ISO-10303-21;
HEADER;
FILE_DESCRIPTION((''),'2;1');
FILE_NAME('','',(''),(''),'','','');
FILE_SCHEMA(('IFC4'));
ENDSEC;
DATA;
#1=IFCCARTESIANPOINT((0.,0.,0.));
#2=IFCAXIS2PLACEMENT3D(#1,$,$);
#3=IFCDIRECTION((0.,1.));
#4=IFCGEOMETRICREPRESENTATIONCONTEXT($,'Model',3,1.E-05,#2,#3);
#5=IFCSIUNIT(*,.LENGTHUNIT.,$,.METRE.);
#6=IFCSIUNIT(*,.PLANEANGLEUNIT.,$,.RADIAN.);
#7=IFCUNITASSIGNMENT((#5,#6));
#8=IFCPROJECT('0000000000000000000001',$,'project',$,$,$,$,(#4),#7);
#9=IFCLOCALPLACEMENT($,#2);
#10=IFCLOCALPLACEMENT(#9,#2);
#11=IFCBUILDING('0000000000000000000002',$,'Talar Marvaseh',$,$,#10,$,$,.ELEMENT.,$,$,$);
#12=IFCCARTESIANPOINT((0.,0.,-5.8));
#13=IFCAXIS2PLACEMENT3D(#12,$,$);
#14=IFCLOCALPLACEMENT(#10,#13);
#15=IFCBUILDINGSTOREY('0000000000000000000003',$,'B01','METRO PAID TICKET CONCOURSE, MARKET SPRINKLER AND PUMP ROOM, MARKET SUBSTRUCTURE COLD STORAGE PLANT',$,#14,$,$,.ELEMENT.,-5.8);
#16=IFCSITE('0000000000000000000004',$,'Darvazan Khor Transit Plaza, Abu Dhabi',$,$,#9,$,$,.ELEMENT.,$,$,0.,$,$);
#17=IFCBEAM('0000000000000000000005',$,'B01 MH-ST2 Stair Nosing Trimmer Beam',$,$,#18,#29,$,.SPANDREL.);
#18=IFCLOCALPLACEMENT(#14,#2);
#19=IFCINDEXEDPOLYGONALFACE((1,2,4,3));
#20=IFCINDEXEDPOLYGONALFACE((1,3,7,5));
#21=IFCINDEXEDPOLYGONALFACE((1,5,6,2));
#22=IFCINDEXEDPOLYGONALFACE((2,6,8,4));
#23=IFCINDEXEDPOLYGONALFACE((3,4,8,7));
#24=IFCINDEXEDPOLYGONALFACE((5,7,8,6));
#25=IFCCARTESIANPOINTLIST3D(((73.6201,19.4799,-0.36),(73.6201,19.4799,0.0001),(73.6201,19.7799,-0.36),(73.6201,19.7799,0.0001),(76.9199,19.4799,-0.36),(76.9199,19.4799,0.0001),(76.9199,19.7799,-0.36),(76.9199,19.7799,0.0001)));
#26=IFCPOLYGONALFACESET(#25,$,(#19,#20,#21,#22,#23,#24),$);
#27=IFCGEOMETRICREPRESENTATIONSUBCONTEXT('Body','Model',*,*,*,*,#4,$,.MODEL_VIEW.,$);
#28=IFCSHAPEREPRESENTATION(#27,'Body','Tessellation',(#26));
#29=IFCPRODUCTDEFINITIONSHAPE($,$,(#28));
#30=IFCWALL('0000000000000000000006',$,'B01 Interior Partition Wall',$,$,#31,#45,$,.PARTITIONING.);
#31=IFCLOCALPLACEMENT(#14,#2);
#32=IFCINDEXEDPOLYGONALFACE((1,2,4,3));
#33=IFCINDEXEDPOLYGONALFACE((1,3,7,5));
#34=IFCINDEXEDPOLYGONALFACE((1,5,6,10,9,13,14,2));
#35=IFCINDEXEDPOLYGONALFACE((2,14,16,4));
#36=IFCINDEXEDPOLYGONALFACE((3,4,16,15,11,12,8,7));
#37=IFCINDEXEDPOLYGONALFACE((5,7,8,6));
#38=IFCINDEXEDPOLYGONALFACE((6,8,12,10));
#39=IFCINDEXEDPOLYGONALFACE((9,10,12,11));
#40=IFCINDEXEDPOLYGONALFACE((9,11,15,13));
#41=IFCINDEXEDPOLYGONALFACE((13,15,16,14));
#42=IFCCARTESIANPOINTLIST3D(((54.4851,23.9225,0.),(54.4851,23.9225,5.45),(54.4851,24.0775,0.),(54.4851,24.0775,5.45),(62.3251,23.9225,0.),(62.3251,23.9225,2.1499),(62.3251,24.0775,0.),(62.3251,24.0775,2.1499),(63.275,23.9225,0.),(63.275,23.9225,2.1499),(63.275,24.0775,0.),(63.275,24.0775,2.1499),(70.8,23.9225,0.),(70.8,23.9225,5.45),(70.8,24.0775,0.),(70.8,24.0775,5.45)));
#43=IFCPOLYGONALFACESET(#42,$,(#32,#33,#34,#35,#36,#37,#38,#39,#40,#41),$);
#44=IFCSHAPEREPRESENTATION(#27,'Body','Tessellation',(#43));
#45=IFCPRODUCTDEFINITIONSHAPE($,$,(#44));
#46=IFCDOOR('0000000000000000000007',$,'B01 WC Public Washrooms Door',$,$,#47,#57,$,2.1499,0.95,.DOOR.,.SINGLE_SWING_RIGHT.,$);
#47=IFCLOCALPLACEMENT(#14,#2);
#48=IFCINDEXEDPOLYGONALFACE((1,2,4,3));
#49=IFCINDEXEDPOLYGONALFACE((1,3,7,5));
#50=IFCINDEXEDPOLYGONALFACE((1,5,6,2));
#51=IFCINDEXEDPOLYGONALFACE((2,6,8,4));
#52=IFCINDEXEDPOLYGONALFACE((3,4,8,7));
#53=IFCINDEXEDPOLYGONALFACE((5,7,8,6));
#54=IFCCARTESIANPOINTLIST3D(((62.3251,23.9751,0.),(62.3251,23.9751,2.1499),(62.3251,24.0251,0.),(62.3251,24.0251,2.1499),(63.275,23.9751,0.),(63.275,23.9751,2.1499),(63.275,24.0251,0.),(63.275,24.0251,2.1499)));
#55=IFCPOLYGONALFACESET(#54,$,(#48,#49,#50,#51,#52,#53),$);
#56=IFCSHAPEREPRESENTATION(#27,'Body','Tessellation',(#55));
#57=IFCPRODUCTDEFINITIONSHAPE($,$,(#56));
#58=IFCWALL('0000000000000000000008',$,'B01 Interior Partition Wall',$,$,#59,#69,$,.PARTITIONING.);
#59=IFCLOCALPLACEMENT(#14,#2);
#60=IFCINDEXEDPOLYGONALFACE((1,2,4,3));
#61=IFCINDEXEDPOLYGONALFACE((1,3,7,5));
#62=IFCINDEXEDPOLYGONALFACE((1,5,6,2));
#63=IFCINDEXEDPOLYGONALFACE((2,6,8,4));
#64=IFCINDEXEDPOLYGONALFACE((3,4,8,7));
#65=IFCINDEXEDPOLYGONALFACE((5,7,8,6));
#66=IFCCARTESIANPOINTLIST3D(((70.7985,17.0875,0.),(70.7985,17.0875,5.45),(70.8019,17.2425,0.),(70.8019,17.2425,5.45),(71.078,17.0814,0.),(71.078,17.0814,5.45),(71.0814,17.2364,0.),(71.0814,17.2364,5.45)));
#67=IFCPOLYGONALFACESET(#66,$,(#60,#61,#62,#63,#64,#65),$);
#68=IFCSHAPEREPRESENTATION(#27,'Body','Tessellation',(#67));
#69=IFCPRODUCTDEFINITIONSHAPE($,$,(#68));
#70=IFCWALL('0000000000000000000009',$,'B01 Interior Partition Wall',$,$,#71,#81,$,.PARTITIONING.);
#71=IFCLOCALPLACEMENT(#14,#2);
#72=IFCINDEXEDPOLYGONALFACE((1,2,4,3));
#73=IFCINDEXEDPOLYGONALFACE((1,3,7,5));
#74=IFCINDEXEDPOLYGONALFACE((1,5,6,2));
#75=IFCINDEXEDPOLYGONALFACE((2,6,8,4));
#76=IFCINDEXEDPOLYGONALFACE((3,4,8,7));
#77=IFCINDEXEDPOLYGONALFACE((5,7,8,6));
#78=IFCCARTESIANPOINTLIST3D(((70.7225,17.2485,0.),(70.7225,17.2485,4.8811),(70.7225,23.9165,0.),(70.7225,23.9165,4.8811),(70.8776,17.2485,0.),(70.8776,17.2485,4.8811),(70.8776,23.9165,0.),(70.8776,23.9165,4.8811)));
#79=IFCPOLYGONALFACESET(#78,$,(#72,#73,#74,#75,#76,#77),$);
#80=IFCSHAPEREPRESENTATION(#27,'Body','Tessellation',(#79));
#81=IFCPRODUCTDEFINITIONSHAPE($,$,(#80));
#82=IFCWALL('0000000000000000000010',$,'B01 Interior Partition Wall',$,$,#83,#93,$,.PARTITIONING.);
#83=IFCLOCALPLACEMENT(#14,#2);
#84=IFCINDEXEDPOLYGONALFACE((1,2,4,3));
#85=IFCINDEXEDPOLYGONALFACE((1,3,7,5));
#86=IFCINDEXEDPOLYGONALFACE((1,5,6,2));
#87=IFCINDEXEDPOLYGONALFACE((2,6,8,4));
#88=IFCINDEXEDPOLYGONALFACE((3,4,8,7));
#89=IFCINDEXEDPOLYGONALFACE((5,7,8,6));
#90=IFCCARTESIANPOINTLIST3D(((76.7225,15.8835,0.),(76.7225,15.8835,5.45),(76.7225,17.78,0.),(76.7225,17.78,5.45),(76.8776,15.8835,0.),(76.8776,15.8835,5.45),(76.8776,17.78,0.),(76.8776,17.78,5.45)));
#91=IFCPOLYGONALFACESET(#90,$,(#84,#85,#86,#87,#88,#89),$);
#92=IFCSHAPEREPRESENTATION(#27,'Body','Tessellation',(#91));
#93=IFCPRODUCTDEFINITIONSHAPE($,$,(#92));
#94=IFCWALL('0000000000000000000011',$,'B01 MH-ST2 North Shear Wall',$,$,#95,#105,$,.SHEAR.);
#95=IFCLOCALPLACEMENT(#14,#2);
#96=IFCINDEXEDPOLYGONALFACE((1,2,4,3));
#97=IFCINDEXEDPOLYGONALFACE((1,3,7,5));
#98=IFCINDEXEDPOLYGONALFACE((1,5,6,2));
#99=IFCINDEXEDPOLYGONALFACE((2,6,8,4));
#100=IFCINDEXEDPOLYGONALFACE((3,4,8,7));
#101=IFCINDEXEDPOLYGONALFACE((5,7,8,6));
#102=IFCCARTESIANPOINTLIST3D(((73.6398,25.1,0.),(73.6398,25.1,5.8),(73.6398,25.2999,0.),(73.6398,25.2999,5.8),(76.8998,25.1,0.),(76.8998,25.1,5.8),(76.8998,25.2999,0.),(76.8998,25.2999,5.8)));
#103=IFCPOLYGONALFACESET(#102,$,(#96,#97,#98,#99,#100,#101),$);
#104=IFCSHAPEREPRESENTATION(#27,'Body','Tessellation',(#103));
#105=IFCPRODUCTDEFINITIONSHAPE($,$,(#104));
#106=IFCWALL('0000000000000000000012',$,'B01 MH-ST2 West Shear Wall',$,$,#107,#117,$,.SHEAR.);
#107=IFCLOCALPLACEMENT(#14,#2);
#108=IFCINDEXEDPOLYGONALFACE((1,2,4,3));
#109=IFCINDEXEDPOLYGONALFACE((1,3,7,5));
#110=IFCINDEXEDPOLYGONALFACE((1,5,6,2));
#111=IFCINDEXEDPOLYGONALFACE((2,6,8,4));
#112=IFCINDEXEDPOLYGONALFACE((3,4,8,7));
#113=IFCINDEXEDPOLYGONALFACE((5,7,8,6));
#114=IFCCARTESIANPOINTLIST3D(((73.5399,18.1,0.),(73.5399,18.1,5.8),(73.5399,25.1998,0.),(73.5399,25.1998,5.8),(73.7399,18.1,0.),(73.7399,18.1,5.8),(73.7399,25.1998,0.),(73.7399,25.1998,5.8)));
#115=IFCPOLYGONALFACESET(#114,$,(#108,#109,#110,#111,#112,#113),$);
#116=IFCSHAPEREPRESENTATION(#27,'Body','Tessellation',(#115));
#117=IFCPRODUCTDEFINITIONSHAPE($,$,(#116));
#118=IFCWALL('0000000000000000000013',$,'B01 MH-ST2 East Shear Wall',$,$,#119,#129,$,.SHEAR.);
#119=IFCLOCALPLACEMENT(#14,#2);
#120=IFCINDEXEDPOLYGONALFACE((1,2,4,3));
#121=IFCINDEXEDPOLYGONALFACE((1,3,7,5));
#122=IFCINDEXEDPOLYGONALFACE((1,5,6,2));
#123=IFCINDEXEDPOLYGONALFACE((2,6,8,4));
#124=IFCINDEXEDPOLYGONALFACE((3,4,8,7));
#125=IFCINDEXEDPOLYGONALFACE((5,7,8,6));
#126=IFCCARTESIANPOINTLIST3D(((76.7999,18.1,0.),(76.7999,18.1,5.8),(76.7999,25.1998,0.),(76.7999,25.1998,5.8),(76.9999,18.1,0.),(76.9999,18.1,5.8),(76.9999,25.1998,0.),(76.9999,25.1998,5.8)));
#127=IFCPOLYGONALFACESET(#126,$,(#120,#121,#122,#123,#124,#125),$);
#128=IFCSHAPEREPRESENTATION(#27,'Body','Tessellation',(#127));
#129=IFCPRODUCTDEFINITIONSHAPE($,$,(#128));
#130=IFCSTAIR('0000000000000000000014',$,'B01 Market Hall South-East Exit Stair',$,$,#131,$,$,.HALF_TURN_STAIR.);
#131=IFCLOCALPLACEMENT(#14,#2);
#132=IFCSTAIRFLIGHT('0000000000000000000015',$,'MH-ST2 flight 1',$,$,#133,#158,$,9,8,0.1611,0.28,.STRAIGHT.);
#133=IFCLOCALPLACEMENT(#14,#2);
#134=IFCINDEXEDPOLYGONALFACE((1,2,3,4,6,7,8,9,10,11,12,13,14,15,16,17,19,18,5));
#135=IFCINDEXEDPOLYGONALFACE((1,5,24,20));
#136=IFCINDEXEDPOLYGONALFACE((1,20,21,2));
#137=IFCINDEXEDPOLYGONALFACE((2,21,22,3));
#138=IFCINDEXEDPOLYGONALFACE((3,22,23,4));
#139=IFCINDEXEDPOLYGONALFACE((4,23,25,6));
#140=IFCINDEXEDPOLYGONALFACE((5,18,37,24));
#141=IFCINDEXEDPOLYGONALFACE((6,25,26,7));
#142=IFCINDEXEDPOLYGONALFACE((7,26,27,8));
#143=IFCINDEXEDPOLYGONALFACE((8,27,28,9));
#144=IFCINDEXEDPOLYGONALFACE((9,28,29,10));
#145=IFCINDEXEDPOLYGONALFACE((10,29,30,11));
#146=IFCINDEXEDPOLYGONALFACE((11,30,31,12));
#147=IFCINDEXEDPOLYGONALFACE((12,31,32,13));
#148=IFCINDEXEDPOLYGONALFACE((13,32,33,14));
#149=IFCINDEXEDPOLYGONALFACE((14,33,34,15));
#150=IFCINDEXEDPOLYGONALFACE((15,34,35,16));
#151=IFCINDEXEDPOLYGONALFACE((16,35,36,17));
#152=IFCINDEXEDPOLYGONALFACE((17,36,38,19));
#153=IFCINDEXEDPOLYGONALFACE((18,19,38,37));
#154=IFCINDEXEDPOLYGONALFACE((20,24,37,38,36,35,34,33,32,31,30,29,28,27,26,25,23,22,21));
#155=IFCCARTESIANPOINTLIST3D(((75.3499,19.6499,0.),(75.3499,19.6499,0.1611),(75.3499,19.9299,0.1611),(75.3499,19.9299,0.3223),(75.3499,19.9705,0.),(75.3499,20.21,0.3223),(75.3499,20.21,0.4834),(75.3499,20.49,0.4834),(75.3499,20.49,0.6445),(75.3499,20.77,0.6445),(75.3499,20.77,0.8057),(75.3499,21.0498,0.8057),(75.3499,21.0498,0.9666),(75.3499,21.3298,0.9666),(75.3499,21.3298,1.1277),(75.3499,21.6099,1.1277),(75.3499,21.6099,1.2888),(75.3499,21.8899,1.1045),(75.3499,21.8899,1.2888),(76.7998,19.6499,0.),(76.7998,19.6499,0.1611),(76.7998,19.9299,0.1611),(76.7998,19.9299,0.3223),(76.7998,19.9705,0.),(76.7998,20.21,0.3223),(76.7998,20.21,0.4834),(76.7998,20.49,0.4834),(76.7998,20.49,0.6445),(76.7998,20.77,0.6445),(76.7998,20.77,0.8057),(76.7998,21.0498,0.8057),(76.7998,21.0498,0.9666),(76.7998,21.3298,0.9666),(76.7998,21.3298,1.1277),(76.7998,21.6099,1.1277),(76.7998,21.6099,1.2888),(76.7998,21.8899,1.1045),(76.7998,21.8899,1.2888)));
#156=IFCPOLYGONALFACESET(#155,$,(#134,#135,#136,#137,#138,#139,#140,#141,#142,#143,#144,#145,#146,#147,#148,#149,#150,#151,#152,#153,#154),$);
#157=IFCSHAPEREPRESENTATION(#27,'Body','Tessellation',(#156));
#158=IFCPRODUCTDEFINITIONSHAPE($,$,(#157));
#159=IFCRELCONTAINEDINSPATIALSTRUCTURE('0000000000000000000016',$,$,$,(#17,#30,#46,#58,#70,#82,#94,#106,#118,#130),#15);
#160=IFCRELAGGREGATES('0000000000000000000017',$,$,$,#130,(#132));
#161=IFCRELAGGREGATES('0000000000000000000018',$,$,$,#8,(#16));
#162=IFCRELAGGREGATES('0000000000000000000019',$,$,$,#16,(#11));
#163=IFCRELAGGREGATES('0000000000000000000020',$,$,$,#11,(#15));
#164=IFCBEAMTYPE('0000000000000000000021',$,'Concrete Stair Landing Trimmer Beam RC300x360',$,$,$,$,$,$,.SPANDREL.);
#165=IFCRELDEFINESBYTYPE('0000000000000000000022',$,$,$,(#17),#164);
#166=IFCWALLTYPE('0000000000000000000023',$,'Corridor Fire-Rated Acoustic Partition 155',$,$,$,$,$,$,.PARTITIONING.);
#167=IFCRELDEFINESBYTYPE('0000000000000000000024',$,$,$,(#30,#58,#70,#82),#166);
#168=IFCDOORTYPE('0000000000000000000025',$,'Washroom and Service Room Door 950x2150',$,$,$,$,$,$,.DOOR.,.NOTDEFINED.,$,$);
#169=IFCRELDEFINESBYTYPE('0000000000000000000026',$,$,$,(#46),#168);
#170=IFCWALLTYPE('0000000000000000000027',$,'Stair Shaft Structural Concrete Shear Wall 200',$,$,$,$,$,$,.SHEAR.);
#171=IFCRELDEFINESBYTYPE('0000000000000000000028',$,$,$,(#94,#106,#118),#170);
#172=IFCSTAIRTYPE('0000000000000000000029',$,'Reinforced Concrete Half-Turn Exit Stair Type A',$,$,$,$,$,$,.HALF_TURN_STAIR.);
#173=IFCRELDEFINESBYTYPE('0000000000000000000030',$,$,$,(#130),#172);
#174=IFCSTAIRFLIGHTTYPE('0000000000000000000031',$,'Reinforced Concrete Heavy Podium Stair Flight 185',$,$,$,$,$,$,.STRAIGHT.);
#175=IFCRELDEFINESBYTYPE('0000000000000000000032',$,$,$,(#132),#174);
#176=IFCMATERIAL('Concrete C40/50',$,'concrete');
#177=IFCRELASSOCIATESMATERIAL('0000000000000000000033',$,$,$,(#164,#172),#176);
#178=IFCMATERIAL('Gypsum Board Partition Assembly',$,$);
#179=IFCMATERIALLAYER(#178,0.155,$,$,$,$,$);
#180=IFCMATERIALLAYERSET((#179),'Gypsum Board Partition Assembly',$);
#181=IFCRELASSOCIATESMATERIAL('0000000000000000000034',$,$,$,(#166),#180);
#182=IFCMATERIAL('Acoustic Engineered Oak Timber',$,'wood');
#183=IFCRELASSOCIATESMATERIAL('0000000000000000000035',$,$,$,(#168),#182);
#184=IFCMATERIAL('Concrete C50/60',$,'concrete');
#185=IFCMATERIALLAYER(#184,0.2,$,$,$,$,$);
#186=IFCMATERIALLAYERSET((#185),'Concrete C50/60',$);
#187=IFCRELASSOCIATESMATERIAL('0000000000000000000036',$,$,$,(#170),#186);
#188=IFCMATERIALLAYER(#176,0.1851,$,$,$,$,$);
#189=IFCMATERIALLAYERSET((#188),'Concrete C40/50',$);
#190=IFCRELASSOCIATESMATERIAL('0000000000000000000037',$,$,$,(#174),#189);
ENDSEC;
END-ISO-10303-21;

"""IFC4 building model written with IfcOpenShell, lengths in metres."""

from ifc_helpers import new_model, si_unit, direction, frame, frame_2d, origin, origin_2d, place, context, subcontext, project, spatial, polyline, rectangle, outline, extrude, source, transform, mapped, material, layer, layer_set, material_profile, profile_set, type_object, type_shapes, element, fill, aggregate, save


model = new_model("IFC4")

# Units and contexts
model_context = context("Model", 3, precision=1e-05, world=origin(), true_north=direction((0.0, 1.0)))
body_context = subcontext(model_context, "Body", "Model", "MODEL_VIEW")
ifc_project = project(units=[si_unit("LENGTHUNIT", "METRE"), si_unit("PLANEANGLEUNIT", "RADIAN")], contexts=[model_context])

# Site, building, storey
site_placement = place(None, origin())
site = spatial("IfcSite", under=ifc_project, at=site_placement, Name="Darvazan Khor Transit Plaza, Abu Dhabi", CompositionType="ELEMENT", RefElevation=0.0)
building_placement = place(site_placement, origin())
building = spatial("IfcBuilding", under=site, at=building_placement, Name="Talar Marvaseh", CompositionType="ELEMENT")
storey_placement = place(building_placement, frame((0.0, 0.0, -5.8)))
storey = spatial("IfcBuildingStorey", under=building, at=storey_placement, Name="B01", Description="METRO PAID TICKET CONCOURSE, MARKET SPRINKLER AND PUMP ROOM, MARKET SUBSTRUCTURE COLD STORAGE PLANT", CompositionType="ELEMENT", Elevation=-5.8)

# Beam
ifc_material_1 = material(Name="Concrete C40/50", Category="concrete")
ifc_material_profile = material_profile(ifc_material_1, rectangle(XDim=0.3, YDim=0.3601, at=origin_2d()), Name="RC300x360")
ifc_profile_set = profile_set([ifc_material_profile], Name="Concrete C40/50")
beam_type = type_object("IfcBeamType", Name="Concrete Stair Landing Trimmer Beam RC300x360", PredefinedType="SPANDREL", material=ifc_profile_set)
beam_placement = place(storey_placement, frame((76.9199, 19.6299, -0.1799), z_axis=(-1.0, 0.0, 0.0), x_axis=(0.0, -1.0, 0.0)))
element("IfcBeam", 1, at=beam_placement, inside=storey, type_object=beam_type, Name="B01 MH-ST2 Stair Nosing Trimmer Beam", PredefinedType="SPANDREL", context=body_context, shape_type="SweptSolid", body=[
    extrude(rectangle(XDim=0.3, YDim=0.3601, at=origin_2d()), origin(), (0.0, 0.0, 1.0), 3.2998),
])

# Wall, opening, door
ifc_material_2 = material(Name="Gypsum Board Partition Assembly")
ifc_layer_1 = layer(ifc_material_2, 0.155)
ifc_layer_set_1 = layer_set([ifc_layer_1], Name="Gypsum Board Partition Assembly")
wall_type_1 = type_object("IfcWallType", Name="Corridor Fire-Rated Acoustic Partition 155", PredefinedType="PARTITIONING", material=ifc_layer_set_1)
wall_1_placement = place(storey_placement, frame((70.8, 24.0, 0.0), z_axis=(0.0, 0.0, 1.0), x_axis=(-1.0, 0.0, 0.0)))
wall_1 = element("IfcWall", 2, at=wall_1_placement, inside=storey, type_object=wall_type_1, Name="B01 Interior Partition Wall", PredefinedType="PARTITIONING", context=body_context, shape_type="SweptSolid", body=[
    extrude(rectangle(XDim=16.3149, YDim=0.155, at=frame_2d((8.1575, 0.0))), origin(), (0.0, 0.0, 1.0), 5.45),
])
opening_1_placement = place(wall_1_placement, frame((7.5249, 0.0, 0.0)))
opening_1 = element("IfcOpeningElement", 3, at=opening_1_placement, cuts=wall_1, PredefinedType="OPENING", context=body_context, shape_type="SweptSolid", body=[
    extrude(rectangle(XDim=0.95, YDim=2.1499, at=frame_2d((0.4751, 1.075))), frame((0.0, 0.0874, 0.0), z_axis=(0.0, -1.0, 0.0), x_axis=(1.0, 0.0, 0.0)), (0.0, 0.0, 1.0), 0.175),
])
ifc_material_3 = material(Name="Acoustic Engineered Oak Timber", Category="wood")
door_type_1 = type_object("IfcDoorType", Name="Washroom and Service Room Door 950x2150", OperationType="NOTDEFINED", PredefinedType="DOOR", material=ifc_material_3)
shared_shape_1 = source(origin(), body_context, "Body", "SweptSolid", [
    extrude(rectangle(XDim=0.95, YDim=2.1499, at=frame_2d((0.4751, 1.075))), frame((0.0, 0.0249, 0.0), z_axis=(0.0, -1.0, 0.0), x_axis=(1.0, 0.0, 0.0)), (0.0, 0.0, 1.0), 0.05),
])
type_shapes(door_type_1, [shared_shape_1])
door_1_placement = place(opening_1_placement, origin())
door_1 = element("IfcDoor", 4, at=door_1_placement, inside=storey, type_object=door_type_1, Name="B01 WC Public Washrooms Door", OperationType="SINGLE_SWING_RIGHT", OverallHeight=2.1499, OverallWidth=0.95, PredefinedType="DOOR", context=body_context, shape_type="MappedRepresentation", body=[
    mapped(shared_shape_1, transform((0.0, 0.0, 0.0), x_axis=(1.0, 0.0, 0.0), y_axis=(0.0, 1.0, 0.0), z_axis=(0.0, 0.0, 1.0), scale=1.0)),
])
fill(opening_1, door_1)

# Walls
wall_2_placement = place(storey_placement, frame((71.0796, 17.1589, 0.0), z_axis=(0.0, 0.0, 1.0), x_axis=(-0.999762, 0.021829, 0.0)))
element("IfcWall", 5, at=wall_2_placement, inside=storey, type_object=wall_type_1, Name="B01 Interior Partition Wall", PredefinedType="PARTITIONING", context=body_context, shape_type="SweptSolid", body=[
    extrude(rectangle(XDim=0.2795, YDim=0.155, at=frame_2d((0.1396, 0.0))), origin(), (0.0, 0.0, 1.0), 5.45),
])
wall_3_placement = place(storey_placement, frame((70.8, 17.2485, 0.0), z_axis=(0.0, 0.0, 1.0), x_axis=(0.0, 1.0, 0.0)))
element("IfcWall", 6, at=wall_3_placement, inside=storey, type_object=wall_type_1, Name="B01 Interior Partition Wall", PredefinedType="PARTITIONING", context=body_context, shape_type="SweptSolid", body=[
    extrude(rectangle(XDim=6.668, YDim=0.155, at=frame_2d((3.334, 0.0))), origin(), (0.0, 0.0, 1.0), 4.8811),
])
wall_4_placement = place(storey_placement, frame((76.8, 17.78, 0.0), z_axis=(0.0, 0.0, 1.0), x_axis=(0.0, -1.0, 0.0)))
element("IfcWall", 7, at=wall_4_placement, inside=storey, type_object=wall_type_1, Name="B01 Interior Partition Wall", PredefinedType="PARTITIONING", context=body_context, shape_type="SweptSolid", body=[
    extrude(rectangle(XDim=1.8965, YDim=0.155, at=frame_2d((0.9482, 0.0))), origin(), (0.0, 0.0, 1.0), 5.45),
])

# Shared definitions
ifc_material_4 = material(Name="Concrete C50/60", Category="concrete")
ifc_layer_2 = layer(ifc_material_4, 0.2)
ifc_layer_set_2 = layer_set([ifc_layer_2], Name="Concrete C50/60")
wall_type_2 = type_object("IfcWallType", Name="Stair Shaft Structural Concrete Shear Wall 200", PredefinedType="SHEAR", material=ifc_layer_set_2)

# Walls
wall_5_placement = place(storey_placement, frame((73.6399, 25.2, 0.0), z_axis=(0.0, 0.0, 1.0), x_axis=(1.0, 0.0, 0.0)))
element("IfcWall", 8, at=wall_5_placement, inside=storey, type_object=wall_type_2, Name="B01 MH-ST2 North Shear Wall", PredefinedType="SHEAR", context=body_context, shape_type="SweptSolid", body=[
    extrude(rectangle(XDim=3.26, YDim=0.2, at=frame_2d((1.6299, 0.0))), origin(), (0.0, 0.0, 1.0), 5.8),
])
for number, where, z_axis, x_axis, name in (
    (9, (73.6399, 18.1001, 0.0), (0.0, 0.0, 1.0), (0.0, 1.0, 0.0), "B01 MH-ST2 West Shear Wall"),
    (10, (76.8999, 18.1001, 0.0), (0.0, 0.0, 1.0), (0.0, 1.0, 0.0), "B01 MH-ST2 East Shear Wall"),
):
    element("IfcWall", number, at=place(storey_placement, frame(where, z_axis=z_axis, x_axis=x_axis)), inside=storey, type_object=wall_type_2, Name=name, PredefinedType="SHEAR", context=body_context, shape_type="SweptSolid", body=[
        extrude(rectangle(XDim=7.0999, YDim=0.2, at=frame_2d((3.5498, 0.0))), origin(), (0.0, 0.0, 1.0), 5.8),
    ])

# Stair, stair flight
stair_type = type_object("IfcStairType", Name="Reinforced Concrete Half-Turn Exit Stair Type A", PredefinedType="HALF_TURN_STAIR", material=ifc_material_1)
stair_placement = place(storey_placement, origin())
stair = element("IfcStair", 11, at=stair_placement, inside=storey, type_object=stair_type, Name="B01 Market Hall South-East Exit Stair", PredefinedType="HALF_TURN_STAIR")
ifc_layer_3 = layer(ifc_material_1, 0.1851)
ifc_layer_set_3 = layer_set([ifc_layer_3], Name="Concrete C40/50")
stair_flight_type = type_object("IfcStairFlightType", Name="Reinforced Concrete Heavy Podium Stair Flight 185", PredefinedType="STRAIGHT", material=ifc_layer_set_3)
stair_flight_1_placement = place(storey_placement, frame((76.075, 19.6499, 0.0), z_axis=(0.0, 0.0, 1.0), x_axis=(0.0, 1.0, 0.0)))
stair_flight_1 = element("IfcStairFlight", 12, at=stair_flight_1_placement, type_object=stair_flight_type, Name="MH-ST2 flight 1", NumberOfRisers=9, NumberOfTreads=8, PredefinedType="STRAIGHT", RiserHeight=0.1611, TreadLength=0.28, context=body_context, shape_type="SweptSolid", body=[
    extrude(outline(polyline([(0.0, 0.0), (0.0, 0.1611), (0.28, 0.1611), (0.28, 0.3223), (0.5601, 0.3223), (0.5601, 0.4834), (0.8401, 0.4834), (0.8401, 0.6445), (1.1201, 0.6445), (1.1201, 0.8057), (1.3999, 0.8057), (1.3999, 0.9666), (1.6799, 0.9666), (1.6799, 1.1277), (1.96, 1.1277), (1.96, 1.2888), (2.24, 1.2888), (2.24, 1.45), (2.24, 1.1045), (0.3206, 0.0), (0.0, 0.0)])), frame((0.0, 0.7251, 0.0), z_axis=(0.0, -1.0, 0.0), x_axis=(1.0, 0.0, 0.0)), (0.0, 0.0, 1.0), 1.45),
])
aggregate(stair, [stair_flight_1])

save(model, "model.ifc")
